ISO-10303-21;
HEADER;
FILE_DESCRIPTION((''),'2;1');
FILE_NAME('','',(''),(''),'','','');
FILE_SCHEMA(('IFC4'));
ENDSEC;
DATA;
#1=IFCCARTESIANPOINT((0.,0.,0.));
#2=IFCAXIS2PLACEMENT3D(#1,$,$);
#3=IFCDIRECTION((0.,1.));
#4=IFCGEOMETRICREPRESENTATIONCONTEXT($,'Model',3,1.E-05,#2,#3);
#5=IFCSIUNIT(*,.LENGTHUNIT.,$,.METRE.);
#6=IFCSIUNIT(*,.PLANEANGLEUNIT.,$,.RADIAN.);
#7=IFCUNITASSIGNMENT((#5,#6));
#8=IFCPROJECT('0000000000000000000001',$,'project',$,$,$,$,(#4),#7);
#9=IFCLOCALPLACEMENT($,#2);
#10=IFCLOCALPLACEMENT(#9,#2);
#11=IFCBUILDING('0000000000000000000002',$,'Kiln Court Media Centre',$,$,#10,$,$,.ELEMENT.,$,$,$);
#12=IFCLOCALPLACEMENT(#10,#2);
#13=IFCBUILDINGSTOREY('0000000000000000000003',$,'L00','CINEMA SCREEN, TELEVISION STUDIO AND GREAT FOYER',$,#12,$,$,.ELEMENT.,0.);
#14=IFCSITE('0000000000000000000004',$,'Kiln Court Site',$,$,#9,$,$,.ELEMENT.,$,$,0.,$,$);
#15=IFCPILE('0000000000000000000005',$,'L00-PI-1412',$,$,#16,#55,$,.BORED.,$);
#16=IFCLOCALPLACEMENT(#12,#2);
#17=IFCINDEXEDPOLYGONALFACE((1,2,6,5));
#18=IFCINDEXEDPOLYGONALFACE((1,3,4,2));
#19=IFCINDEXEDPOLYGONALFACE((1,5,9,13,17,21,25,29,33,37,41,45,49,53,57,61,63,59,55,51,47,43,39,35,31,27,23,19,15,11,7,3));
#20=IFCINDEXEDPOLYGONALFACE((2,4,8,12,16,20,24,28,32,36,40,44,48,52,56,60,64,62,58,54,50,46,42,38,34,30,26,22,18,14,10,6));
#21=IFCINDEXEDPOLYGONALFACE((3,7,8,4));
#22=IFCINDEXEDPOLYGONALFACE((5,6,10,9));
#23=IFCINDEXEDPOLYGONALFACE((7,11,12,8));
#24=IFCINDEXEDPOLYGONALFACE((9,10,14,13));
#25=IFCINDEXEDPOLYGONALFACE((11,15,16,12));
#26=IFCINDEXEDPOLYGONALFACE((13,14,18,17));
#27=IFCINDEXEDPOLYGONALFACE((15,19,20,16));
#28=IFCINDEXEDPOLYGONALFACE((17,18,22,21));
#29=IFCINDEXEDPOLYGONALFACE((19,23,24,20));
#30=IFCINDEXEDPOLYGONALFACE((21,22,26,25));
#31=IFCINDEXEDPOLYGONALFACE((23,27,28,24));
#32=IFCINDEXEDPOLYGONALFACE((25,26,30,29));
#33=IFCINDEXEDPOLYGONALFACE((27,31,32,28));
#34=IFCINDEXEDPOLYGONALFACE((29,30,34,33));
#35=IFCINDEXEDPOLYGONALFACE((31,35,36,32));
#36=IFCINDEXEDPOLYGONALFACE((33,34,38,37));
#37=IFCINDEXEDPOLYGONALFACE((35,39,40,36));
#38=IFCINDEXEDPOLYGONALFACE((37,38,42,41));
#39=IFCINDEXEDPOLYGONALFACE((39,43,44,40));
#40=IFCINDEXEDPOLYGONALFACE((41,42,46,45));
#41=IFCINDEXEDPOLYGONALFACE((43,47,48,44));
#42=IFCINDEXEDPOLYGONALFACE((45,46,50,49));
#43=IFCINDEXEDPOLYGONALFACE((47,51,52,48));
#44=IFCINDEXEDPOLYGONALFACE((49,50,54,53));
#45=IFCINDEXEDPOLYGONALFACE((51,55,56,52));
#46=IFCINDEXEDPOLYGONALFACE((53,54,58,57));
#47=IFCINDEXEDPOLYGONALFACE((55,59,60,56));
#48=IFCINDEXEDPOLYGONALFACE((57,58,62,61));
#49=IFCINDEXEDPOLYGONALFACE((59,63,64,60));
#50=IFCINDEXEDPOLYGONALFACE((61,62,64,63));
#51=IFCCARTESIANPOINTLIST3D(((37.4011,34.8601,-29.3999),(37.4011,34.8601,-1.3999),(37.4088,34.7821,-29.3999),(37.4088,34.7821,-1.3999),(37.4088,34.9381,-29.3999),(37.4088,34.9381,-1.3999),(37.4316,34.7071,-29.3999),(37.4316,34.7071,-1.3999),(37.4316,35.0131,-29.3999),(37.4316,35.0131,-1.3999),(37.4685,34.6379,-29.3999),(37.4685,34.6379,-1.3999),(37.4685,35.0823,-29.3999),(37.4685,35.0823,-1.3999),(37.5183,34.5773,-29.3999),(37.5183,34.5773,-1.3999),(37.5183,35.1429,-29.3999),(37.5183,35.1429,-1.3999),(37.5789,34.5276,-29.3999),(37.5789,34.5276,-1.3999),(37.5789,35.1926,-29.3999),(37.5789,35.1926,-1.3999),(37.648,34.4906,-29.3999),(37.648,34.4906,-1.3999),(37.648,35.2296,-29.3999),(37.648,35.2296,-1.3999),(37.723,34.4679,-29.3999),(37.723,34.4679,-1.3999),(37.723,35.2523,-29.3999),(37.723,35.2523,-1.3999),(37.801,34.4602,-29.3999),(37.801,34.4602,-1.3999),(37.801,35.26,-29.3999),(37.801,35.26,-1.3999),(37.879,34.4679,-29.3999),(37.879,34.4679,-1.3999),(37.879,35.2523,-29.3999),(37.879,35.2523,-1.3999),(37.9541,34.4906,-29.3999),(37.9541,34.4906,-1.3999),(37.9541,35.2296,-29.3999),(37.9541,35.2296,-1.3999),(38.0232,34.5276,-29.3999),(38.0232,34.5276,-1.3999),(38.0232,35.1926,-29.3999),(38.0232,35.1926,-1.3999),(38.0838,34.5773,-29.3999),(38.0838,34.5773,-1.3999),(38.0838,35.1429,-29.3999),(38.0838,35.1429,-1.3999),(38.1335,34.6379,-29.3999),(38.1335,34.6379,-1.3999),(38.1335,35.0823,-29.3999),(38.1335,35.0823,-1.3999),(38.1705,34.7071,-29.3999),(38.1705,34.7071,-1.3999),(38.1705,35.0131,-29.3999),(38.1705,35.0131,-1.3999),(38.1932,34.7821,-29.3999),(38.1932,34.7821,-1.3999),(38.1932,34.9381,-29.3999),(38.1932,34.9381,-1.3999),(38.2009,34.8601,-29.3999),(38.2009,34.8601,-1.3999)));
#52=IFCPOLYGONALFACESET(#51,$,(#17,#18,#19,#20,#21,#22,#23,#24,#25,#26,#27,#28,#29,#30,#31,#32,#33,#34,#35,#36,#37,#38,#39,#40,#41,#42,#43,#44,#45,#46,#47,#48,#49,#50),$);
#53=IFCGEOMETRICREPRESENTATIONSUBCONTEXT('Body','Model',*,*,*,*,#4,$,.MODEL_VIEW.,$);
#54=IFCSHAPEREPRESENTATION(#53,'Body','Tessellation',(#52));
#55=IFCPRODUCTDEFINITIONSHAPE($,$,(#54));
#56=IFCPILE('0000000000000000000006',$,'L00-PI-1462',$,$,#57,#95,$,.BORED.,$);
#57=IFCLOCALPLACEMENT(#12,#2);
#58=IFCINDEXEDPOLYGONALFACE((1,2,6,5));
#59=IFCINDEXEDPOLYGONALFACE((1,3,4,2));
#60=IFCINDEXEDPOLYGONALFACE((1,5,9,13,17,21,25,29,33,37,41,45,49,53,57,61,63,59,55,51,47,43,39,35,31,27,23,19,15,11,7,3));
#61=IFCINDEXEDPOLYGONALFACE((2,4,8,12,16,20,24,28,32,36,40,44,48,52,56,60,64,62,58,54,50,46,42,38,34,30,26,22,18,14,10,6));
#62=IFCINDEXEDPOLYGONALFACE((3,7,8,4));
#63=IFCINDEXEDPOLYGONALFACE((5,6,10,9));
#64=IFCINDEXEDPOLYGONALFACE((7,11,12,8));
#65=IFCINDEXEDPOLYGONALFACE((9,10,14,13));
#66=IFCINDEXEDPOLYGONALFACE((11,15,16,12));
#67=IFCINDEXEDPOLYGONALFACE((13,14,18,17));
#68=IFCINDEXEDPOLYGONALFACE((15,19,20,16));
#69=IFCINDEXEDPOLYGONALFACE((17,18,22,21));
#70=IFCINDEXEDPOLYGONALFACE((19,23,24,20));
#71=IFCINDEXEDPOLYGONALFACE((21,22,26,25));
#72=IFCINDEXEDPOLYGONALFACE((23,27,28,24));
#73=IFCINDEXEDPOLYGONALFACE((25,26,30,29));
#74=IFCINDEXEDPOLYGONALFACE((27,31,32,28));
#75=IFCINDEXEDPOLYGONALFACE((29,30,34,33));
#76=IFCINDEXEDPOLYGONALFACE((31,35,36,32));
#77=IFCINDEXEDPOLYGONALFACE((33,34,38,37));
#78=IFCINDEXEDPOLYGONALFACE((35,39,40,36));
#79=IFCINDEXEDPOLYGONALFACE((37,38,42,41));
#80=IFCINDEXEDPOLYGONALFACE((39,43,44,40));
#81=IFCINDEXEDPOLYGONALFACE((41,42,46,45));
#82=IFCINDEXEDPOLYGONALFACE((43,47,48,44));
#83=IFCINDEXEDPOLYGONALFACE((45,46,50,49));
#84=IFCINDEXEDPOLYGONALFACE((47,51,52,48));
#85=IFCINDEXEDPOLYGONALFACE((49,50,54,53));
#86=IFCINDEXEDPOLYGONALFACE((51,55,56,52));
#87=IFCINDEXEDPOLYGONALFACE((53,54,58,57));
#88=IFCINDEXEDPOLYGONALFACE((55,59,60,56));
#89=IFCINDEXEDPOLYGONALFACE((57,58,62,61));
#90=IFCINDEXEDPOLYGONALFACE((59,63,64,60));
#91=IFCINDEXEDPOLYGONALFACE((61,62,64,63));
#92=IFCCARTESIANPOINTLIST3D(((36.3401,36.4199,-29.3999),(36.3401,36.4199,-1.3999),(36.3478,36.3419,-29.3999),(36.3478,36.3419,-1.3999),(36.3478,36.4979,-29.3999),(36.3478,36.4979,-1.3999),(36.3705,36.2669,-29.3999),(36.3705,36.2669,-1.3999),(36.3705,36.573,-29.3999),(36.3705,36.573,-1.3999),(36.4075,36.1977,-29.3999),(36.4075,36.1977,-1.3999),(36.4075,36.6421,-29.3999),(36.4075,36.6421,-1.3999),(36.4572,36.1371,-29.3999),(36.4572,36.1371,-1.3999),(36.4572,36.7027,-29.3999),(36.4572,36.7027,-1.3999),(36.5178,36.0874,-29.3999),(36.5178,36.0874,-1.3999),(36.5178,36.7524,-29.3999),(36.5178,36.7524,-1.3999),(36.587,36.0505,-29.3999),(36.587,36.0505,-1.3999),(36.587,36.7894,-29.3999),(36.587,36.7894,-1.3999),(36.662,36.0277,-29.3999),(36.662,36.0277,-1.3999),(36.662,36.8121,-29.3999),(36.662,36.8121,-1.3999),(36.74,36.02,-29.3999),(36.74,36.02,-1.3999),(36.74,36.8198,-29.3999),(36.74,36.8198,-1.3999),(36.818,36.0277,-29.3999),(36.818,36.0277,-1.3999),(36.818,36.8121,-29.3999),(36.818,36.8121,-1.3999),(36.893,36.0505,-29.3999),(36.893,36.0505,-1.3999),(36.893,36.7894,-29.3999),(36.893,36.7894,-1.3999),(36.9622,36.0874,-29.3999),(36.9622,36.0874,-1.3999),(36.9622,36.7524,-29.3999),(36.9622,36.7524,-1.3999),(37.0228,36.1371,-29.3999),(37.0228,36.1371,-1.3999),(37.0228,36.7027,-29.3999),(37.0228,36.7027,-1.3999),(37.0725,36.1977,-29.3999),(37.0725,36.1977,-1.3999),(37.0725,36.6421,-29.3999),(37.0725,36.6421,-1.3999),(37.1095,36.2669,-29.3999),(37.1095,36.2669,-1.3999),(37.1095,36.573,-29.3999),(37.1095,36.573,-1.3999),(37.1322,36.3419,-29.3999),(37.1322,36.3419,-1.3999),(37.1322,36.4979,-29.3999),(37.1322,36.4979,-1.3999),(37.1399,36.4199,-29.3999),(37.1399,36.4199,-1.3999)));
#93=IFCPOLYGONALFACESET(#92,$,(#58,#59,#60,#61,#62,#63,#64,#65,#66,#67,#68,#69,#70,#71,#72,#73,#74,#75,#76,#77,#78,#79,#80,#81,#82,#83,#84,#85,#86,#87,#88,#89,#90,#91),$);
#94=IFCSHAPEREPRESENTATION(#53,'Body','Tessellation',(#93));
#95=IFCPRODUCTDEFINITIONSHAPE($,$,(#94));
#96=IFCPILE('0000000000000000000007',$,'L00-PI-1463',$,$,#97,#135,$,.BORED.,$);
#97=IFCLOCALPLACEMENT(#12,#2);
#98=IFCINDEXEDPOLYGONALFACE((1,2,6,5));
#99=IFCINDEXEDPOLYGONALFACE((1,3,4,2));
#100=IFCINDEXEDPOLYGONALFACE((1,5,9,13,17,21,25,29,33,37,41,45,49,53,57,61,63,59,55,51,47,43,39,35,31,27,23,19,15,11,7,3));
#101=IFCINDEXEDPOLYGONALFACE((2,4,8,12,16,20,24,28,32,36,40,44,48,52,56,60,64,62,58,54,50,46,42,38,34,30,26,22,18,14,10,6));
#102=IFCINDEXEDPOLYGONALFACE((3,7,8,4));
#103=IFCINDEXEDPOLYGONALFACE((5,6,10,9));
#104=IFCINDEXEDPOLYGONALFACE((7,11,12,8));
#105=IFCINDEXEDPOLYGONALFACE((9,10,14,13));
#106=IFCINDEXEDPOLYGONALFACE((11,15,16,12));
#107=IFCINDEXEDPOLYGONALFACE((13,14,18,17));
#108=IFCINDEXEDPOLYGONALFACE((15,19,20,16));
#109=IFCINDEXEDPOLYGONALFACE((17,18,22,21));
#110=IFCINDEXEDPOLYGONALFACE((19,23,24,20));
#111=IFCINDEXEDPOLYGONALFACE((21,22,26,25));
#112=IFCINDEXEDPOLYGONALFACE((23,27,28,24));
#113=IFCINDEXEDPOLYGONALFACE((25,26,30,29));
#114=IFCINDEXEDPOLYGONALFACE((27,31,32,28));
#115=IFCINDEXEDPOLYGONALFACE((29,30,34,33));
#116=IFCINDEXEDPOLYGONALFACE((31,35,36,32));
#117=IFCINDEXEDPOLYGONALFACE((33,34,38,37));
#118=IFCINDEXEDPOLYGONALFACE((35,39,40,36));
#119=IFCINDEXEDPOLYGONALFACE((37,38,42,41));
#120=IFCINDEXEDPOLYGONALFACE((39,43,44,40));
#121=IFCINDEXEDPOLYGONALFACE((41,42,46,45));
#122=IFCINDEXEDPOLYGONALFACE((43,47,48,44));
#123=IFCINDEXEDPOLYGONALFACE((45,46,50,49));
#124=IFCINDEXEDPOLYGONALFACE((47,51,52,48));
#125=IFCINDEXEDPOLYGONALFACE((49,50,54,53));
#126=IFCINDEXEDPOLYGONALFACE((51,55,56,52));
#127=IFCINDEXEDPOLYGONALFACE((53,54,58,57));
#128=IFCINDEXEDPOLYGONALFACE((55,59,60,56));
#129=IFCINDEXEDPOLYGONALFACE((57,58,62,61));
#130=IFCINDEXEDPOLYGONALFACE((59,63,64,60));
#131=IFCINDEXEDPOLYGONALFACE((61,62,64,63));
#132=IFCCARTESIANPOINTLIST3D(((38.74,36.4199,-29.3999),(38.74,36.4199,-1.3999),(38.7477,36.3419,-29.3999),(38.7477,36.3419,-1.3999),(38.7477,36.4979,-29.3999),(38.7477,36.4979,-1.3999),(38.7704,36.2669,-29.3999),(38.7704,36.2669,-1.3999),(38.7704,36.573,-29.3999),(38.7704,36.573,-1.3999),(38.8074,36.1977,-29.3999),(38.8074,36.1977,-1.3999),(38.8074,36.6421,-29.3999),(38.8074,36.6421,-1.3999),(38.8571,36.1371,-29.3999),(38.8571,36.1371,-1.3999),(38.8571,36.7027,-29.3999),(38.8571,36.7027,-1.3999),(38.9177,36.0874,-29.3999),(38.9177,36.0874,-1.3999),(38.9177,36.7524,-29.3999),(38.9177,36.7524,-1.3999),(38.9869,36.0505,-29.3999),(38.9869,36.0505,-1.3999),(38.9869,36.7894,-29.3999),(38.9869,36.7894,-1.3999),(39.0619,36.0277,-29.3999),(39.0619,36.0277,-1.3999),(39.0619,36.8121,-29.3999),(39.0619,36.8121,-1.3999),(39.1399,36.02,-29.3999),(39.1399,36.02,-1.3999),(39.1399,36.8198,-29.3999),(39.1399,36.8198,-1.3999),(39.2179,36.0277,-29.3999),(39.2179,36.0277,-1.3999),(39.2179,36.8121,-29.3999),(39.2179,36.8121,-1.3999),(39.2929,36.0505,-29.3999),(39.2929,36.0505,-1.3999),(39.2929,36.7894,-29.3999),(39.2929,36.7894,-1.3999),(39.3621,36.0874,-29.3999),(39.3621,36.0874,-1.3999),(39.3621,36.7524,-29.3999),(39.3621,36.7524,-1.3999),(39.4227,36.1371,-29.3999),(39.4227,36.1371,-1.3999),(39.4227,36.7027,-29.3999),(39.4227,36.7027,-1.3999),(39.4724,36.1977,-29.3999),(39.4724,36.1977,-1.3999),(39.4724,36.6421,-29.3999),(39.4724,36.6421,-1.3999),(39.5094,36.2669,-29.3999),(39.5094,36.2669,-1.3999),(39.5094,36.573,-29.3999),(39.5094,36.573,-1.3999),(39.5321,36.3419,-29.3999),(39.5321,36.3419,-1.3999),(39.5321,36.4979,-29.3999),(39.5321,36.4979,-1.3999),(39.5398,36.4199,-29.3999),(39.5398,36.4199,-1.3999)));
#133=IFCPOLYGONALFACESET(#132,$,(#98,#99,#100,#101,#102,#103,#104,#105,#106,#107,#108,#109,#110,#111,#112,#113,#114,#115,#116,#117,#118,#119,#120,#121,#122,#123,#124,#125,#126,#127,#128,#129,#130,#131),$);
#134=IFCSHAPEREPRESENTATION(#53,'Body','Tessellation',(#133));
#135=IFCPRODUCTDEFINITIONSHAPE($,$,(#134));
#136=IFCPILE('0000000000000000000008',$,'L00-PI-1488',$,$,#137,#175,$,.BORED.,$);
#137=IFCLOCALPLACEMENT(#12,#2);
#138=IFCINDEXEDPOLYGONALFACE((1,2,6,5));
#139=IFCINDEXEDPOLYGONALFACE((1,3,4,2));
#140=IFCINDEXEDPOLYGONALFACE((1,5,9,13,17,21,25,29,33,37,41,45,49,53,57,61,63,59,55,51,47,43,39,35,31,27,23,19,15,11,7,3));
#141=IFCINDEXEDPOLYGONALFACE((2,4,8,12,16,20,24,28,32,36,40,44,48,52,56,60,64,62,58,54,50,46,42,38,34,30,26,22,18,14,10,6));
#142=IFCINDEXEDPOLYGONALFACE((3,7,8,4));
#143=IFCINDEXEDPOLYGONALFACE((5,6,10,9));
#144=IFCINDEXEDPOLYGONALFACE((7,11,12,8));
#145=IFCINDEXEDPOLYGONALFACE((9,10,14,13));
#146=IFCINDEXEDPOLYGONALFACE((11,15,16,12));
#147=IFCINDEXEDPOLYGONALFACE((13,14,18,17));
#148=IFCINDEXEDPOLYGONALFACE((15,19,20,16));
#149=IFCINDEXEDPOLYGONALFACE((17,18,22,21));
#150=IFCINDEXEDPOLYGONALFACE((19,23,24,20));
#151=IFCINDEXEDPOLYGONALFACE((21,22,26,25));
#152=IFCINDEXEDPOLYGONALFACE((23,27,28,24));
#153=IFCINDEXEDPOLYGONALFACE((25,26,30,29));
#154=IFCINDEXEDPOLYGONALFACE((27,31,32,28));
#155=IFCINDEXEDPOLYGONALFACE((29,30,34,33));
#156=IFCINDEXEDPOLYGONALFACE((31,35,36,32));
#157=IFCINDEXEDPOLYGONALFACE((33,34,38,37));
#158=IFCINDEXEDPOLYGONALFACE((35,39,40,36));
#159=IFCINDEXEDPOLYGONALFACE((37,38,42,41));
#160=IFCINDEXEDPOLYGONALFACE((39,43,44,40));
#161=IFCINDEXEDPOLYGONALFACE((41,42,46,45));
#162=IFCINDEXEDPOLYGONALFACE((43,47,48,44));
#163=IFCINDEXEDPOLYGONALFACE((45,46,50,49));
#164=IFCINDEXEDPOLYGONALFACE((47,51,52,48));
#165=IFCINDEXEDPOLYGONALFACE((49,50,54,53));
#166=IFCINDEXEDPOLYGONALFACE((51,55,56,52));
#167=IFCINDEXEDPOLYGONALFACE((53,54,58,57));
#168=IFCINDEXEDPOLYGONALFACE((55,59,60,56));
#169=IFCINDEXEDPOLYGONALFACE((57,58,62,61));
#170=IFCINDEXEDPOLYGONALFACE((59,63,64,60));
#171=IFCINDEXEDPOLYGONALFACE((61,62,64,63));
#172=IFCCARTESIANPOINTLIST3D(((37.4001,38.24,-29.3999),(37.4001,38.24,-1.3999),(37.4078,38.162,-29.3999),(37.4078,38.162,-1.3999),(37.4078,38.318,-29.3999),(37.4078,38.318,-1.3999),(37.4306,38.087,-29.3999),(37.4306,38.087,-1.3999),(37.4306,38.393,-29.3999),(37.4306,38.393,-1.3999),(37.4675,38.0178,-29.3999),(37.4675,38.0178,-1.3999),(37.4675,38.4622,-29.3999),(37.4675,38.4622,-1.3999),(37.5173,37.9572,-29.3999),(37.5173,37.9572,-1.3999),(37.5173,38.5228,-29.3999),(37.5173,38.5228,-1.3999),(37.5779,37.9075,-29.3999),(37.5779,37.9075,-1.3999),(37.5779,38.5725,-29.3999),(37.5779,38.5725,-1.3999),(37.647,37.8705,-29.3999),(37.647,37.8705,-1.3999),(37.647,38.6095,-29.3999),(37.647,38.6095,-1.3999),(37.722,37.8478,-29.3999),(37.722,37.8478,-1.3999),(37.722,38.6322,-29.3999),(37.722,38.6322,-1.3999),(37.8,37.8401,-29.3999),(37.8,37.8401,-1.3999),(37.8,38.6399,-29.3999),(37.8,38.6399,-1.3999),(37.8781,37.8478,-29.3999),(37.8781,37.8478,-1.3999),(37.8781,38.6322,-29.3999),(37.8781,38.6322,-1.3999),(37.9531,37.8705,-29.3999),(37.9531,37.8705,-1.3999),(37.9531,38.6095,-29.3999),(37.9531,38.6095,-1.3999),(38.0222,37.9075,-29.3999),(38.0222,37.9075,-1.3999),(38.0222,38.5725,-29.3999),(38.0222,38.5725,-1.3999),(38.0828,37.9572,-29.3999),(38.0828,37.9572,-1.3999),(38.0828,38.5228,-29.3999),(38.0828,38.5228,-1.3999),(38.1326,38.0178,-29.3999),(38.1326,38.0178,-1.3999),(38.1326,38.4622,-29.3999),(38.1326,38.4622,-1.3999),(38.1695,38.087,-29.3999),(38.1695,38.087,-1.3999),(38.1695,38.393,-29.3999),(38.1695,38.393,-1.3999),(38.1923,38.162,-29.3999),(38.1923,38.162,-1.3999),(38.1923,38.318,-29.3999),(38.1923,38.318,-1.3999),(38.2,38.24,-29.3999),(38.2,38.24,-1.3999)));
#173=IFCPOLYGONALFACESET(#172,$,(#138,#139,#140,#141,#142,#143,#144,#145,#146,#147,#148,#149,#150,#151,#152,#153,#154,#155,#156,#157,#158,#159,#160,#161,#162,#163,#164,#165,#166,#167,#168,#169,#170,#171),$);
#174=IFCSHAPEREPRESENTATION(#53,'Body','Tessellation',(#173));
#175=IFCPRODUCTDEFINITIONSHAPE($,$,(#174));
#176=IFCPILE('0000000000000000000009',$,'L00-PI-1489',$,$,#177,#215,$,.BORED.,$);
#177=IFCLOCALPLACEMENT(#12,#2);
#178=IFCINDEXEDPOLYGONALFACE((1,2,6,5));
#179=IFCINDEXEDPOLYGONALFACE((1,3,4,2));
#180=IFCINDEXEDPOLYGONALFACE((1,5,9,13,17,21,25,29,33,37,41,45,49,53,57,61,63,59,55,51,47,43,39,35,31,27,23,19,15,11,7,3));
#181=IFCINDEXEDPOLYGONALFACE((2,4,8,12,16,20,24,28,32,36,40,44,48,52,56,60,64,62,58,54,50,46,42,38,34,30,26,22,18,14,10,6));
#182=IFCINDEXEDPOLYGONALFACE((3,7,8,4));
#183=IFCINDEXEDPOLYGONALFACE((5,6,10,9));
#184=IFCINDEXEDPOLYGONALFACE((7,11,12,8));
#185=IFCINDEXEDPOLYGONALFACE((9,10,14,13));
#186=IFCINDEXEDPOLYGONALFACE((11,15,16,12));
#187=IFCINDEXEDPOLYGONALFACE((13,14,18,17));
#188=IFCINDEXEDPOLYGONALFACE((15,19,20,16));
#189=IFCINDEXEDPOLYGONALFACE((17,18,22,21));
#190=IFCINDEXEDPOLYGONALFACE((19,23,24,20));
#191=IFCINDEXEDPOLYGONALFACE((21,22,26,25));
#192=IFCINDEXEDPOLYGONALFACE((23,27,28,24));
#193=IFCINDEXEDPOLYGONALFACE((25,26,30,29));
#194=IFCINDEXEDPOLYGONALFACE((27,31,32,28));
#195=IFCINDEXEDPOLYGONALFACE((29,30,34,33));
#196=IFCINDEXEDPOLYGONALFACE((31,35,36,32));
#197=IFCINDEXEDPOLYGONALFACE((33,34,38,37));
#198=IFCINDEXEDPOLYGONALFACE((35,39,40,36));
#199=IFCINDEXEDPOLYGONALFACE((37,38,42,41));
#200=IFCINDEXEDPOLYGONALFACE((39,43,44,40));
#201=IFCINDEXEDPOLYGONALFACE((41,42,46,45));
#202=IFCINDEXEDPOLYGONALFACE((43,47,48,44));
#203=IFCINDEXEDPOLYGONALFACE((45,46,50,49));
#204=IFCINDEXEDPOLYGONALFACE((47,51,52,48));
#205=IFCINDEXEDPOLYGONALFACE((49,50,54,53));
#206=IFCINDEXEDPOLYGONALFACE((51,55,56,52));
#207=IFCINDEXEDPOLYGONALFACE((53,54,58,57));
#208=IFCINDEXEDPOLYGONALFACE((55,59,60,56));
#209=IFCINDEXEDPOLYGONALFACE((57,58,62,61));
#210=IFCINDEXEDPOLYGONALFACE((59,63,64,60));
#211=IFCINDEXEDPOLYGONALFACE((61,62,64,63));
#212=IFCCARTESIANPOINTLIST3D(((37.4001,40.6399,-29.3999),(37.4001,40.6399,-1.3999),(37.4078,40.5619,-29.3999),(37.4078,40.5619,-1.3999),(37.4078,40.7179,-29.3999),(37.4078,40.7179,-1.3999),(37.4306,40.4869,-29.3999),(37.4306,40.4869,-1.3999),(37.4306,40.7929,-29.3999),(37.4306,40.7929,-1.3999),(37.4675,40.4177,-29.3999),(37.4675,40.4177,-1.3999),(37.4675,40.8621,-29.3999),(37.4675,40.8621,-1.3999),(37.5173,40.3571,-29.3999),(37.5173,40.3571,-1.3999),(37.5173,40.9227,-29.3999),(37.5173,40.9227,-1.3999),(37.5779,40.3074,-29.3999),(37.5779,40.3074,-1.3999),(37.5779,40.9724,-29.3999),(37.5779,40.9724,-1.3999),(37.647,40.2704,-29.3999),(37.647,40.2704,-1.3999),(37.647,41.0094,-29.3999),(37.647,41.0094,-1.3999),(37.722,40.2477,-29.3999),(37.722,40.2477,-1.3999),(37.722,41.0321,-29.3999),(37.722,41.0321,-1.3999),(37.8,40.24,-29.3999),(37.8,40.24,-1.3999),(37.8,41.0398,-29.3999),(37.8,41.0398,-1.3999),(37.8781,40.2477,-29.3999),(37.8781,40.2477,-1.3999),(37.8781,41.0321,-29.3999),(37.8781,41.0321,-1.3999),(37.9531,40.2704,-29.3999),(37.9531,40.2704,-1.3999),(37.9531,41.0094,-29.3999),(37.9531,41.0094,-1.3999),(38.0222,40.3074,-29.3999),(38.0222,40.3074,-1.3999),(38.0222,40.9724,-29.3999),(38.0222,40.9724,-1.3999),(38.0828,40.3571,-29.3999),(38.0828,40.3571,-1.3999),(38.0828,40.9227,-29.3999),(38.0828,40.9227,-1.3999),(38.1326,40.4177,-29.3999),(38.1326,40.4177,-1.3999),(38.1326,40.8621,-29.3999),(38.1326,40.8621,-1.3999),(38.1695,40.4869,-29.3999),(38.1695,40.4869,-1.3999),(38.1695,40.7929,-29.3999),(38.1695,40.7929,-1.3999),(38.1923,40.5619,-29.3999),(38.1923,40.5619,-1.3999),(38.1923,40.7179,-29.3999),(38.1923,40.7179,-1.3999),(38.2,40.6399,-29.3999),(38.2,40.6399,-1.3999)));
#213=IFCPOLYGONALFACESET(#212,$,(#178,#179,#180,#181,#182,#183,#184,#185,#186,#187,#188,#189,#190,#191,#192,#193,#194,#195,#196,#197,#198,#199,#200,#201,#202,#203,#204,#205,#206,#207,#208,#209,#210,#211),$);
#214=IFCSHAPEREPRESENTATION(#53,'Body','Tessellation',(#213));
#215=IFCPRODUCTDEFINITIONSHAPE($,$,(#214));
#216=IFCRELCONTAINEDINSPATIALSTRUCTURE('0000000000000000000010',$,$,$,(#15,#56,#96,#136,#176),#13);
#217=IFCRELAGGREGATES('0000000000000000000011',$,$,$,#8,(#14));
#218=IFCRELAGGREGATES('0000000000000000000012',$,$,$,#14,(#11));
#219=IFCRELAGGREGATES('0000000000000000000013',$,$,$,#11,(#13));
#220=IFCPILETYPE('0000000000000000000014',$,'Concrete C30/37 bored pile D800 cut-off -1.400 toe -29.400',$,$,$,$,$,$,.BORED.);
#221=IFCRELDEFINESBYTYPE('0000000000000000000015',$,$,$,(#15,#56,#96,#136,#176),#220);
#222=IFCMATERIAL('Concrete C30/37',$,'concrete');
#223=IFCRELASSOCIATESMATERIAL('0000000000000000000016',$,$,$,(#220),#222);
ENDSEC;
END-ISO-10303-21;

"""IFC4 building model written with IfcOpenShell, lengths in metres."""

from ifc_helpers import new_model, si_unit, direction, frame, origin, origin_2d, place, context, subcontext, project, spatial, circle, extrude, material, material_profile, profile_set, type_object, element, save


model = new_model("IFC4")

# Units and contexts
model_context = context("Model", 3, precision=1e-05, world=origin(), true_north=direction((0.0, 1.0)))
body_context = subcontext(model_context, "Body", "Model", "MODEL_VIEW")
ifc_project = project(units=[si_unit("LENGTHUNIT", "METRE"), si_unit("PLANEANGLEUNIT", "RADIAN")], contexts=[model_context])

# Site, building, storey
site_placement = place(None, origin())
site = spatial("IfcSite", under=ifc_project, at=site_placement, Name="Kiln Court Site", CompositionType="ELEMENT", RefElevation=0.0)
building_placement = place(site_placement, origin())
building = spatial("IfcBuilding", under=site, at=building_placement, Name="Kiln Court Media Centre", CompositionType="ELEMENT")
storey_placement = place(building_placement, origin())
storey = spatial("IfcBuildingStorey", under=building, at=storey_placement, Name="L00", Description="CINEMA SCREEN, TELEVISION STUDIO AND GREAT FOYER", CompositionType="ELEMENT", Elevation=0.0)

# Piles
ifc_material_1 = material(Name="Concrete C30/37", Category="concrete")
ifc_material_profile_1 = material_profile(ifc_material_1, circle(Radius=0.3999, at=origin_2d()), Name="PILE D800")
ifc_profile_set_1 = profile_set([ifc_material_profile_1], Name="Concrete C30/37")
pile_type_1 = type_object("IfcPileType", Name="Concrete C30/37 bored pile D800 cut-off -1.400 toe -29.400", PredefinedType="BORED", material=ifc_profile_set_1)
for number, where, z_axis, x_axis, name in (
    (1, (37.801, 34.8601, -1.3999), (0.0, 0.0, -1.0), (1.0, 0.0, 0.0), "L00-PI-1412"),
    (2, (36.74, 36.4199, -1.3999), (0.0, 0.0, -1.0), (1.0, 0.0, 0.0), "L00-PI-1462"),
    (3, (39.1399, 36.4199, -1.3999), (0.0, 0.0, -1.0), (1.0, 0.0, 0.0), "L00-PI-1463"),
    (4, (37.8, 38.24, -1.3999), (0.0, 0.0, -1.0), (1.0, 0.0, 0.0), "L00-PI-1488"),
    (5, (37.8, 40.6399, -1.3999), (0.0, 0.0, -1.0), (1.0, 0.0, 0.0), "L00-PI-1489"),
):
    element("IfcPile", number, at=place(storey_placement, frame(where, z_axis=z_axis, x_axis=x_axis)), inside=storey, type_object=pile_type_1, Name=name, PredefinedType="BORED", context=body_context, shape_type="SweptSolid", body=[
        extrude(circle(Radius=0.3999, at=origin_2d()), origin(), (0.0, 0.0, 1.0), 28.0),
    ])

save(model, "model.ifc")
